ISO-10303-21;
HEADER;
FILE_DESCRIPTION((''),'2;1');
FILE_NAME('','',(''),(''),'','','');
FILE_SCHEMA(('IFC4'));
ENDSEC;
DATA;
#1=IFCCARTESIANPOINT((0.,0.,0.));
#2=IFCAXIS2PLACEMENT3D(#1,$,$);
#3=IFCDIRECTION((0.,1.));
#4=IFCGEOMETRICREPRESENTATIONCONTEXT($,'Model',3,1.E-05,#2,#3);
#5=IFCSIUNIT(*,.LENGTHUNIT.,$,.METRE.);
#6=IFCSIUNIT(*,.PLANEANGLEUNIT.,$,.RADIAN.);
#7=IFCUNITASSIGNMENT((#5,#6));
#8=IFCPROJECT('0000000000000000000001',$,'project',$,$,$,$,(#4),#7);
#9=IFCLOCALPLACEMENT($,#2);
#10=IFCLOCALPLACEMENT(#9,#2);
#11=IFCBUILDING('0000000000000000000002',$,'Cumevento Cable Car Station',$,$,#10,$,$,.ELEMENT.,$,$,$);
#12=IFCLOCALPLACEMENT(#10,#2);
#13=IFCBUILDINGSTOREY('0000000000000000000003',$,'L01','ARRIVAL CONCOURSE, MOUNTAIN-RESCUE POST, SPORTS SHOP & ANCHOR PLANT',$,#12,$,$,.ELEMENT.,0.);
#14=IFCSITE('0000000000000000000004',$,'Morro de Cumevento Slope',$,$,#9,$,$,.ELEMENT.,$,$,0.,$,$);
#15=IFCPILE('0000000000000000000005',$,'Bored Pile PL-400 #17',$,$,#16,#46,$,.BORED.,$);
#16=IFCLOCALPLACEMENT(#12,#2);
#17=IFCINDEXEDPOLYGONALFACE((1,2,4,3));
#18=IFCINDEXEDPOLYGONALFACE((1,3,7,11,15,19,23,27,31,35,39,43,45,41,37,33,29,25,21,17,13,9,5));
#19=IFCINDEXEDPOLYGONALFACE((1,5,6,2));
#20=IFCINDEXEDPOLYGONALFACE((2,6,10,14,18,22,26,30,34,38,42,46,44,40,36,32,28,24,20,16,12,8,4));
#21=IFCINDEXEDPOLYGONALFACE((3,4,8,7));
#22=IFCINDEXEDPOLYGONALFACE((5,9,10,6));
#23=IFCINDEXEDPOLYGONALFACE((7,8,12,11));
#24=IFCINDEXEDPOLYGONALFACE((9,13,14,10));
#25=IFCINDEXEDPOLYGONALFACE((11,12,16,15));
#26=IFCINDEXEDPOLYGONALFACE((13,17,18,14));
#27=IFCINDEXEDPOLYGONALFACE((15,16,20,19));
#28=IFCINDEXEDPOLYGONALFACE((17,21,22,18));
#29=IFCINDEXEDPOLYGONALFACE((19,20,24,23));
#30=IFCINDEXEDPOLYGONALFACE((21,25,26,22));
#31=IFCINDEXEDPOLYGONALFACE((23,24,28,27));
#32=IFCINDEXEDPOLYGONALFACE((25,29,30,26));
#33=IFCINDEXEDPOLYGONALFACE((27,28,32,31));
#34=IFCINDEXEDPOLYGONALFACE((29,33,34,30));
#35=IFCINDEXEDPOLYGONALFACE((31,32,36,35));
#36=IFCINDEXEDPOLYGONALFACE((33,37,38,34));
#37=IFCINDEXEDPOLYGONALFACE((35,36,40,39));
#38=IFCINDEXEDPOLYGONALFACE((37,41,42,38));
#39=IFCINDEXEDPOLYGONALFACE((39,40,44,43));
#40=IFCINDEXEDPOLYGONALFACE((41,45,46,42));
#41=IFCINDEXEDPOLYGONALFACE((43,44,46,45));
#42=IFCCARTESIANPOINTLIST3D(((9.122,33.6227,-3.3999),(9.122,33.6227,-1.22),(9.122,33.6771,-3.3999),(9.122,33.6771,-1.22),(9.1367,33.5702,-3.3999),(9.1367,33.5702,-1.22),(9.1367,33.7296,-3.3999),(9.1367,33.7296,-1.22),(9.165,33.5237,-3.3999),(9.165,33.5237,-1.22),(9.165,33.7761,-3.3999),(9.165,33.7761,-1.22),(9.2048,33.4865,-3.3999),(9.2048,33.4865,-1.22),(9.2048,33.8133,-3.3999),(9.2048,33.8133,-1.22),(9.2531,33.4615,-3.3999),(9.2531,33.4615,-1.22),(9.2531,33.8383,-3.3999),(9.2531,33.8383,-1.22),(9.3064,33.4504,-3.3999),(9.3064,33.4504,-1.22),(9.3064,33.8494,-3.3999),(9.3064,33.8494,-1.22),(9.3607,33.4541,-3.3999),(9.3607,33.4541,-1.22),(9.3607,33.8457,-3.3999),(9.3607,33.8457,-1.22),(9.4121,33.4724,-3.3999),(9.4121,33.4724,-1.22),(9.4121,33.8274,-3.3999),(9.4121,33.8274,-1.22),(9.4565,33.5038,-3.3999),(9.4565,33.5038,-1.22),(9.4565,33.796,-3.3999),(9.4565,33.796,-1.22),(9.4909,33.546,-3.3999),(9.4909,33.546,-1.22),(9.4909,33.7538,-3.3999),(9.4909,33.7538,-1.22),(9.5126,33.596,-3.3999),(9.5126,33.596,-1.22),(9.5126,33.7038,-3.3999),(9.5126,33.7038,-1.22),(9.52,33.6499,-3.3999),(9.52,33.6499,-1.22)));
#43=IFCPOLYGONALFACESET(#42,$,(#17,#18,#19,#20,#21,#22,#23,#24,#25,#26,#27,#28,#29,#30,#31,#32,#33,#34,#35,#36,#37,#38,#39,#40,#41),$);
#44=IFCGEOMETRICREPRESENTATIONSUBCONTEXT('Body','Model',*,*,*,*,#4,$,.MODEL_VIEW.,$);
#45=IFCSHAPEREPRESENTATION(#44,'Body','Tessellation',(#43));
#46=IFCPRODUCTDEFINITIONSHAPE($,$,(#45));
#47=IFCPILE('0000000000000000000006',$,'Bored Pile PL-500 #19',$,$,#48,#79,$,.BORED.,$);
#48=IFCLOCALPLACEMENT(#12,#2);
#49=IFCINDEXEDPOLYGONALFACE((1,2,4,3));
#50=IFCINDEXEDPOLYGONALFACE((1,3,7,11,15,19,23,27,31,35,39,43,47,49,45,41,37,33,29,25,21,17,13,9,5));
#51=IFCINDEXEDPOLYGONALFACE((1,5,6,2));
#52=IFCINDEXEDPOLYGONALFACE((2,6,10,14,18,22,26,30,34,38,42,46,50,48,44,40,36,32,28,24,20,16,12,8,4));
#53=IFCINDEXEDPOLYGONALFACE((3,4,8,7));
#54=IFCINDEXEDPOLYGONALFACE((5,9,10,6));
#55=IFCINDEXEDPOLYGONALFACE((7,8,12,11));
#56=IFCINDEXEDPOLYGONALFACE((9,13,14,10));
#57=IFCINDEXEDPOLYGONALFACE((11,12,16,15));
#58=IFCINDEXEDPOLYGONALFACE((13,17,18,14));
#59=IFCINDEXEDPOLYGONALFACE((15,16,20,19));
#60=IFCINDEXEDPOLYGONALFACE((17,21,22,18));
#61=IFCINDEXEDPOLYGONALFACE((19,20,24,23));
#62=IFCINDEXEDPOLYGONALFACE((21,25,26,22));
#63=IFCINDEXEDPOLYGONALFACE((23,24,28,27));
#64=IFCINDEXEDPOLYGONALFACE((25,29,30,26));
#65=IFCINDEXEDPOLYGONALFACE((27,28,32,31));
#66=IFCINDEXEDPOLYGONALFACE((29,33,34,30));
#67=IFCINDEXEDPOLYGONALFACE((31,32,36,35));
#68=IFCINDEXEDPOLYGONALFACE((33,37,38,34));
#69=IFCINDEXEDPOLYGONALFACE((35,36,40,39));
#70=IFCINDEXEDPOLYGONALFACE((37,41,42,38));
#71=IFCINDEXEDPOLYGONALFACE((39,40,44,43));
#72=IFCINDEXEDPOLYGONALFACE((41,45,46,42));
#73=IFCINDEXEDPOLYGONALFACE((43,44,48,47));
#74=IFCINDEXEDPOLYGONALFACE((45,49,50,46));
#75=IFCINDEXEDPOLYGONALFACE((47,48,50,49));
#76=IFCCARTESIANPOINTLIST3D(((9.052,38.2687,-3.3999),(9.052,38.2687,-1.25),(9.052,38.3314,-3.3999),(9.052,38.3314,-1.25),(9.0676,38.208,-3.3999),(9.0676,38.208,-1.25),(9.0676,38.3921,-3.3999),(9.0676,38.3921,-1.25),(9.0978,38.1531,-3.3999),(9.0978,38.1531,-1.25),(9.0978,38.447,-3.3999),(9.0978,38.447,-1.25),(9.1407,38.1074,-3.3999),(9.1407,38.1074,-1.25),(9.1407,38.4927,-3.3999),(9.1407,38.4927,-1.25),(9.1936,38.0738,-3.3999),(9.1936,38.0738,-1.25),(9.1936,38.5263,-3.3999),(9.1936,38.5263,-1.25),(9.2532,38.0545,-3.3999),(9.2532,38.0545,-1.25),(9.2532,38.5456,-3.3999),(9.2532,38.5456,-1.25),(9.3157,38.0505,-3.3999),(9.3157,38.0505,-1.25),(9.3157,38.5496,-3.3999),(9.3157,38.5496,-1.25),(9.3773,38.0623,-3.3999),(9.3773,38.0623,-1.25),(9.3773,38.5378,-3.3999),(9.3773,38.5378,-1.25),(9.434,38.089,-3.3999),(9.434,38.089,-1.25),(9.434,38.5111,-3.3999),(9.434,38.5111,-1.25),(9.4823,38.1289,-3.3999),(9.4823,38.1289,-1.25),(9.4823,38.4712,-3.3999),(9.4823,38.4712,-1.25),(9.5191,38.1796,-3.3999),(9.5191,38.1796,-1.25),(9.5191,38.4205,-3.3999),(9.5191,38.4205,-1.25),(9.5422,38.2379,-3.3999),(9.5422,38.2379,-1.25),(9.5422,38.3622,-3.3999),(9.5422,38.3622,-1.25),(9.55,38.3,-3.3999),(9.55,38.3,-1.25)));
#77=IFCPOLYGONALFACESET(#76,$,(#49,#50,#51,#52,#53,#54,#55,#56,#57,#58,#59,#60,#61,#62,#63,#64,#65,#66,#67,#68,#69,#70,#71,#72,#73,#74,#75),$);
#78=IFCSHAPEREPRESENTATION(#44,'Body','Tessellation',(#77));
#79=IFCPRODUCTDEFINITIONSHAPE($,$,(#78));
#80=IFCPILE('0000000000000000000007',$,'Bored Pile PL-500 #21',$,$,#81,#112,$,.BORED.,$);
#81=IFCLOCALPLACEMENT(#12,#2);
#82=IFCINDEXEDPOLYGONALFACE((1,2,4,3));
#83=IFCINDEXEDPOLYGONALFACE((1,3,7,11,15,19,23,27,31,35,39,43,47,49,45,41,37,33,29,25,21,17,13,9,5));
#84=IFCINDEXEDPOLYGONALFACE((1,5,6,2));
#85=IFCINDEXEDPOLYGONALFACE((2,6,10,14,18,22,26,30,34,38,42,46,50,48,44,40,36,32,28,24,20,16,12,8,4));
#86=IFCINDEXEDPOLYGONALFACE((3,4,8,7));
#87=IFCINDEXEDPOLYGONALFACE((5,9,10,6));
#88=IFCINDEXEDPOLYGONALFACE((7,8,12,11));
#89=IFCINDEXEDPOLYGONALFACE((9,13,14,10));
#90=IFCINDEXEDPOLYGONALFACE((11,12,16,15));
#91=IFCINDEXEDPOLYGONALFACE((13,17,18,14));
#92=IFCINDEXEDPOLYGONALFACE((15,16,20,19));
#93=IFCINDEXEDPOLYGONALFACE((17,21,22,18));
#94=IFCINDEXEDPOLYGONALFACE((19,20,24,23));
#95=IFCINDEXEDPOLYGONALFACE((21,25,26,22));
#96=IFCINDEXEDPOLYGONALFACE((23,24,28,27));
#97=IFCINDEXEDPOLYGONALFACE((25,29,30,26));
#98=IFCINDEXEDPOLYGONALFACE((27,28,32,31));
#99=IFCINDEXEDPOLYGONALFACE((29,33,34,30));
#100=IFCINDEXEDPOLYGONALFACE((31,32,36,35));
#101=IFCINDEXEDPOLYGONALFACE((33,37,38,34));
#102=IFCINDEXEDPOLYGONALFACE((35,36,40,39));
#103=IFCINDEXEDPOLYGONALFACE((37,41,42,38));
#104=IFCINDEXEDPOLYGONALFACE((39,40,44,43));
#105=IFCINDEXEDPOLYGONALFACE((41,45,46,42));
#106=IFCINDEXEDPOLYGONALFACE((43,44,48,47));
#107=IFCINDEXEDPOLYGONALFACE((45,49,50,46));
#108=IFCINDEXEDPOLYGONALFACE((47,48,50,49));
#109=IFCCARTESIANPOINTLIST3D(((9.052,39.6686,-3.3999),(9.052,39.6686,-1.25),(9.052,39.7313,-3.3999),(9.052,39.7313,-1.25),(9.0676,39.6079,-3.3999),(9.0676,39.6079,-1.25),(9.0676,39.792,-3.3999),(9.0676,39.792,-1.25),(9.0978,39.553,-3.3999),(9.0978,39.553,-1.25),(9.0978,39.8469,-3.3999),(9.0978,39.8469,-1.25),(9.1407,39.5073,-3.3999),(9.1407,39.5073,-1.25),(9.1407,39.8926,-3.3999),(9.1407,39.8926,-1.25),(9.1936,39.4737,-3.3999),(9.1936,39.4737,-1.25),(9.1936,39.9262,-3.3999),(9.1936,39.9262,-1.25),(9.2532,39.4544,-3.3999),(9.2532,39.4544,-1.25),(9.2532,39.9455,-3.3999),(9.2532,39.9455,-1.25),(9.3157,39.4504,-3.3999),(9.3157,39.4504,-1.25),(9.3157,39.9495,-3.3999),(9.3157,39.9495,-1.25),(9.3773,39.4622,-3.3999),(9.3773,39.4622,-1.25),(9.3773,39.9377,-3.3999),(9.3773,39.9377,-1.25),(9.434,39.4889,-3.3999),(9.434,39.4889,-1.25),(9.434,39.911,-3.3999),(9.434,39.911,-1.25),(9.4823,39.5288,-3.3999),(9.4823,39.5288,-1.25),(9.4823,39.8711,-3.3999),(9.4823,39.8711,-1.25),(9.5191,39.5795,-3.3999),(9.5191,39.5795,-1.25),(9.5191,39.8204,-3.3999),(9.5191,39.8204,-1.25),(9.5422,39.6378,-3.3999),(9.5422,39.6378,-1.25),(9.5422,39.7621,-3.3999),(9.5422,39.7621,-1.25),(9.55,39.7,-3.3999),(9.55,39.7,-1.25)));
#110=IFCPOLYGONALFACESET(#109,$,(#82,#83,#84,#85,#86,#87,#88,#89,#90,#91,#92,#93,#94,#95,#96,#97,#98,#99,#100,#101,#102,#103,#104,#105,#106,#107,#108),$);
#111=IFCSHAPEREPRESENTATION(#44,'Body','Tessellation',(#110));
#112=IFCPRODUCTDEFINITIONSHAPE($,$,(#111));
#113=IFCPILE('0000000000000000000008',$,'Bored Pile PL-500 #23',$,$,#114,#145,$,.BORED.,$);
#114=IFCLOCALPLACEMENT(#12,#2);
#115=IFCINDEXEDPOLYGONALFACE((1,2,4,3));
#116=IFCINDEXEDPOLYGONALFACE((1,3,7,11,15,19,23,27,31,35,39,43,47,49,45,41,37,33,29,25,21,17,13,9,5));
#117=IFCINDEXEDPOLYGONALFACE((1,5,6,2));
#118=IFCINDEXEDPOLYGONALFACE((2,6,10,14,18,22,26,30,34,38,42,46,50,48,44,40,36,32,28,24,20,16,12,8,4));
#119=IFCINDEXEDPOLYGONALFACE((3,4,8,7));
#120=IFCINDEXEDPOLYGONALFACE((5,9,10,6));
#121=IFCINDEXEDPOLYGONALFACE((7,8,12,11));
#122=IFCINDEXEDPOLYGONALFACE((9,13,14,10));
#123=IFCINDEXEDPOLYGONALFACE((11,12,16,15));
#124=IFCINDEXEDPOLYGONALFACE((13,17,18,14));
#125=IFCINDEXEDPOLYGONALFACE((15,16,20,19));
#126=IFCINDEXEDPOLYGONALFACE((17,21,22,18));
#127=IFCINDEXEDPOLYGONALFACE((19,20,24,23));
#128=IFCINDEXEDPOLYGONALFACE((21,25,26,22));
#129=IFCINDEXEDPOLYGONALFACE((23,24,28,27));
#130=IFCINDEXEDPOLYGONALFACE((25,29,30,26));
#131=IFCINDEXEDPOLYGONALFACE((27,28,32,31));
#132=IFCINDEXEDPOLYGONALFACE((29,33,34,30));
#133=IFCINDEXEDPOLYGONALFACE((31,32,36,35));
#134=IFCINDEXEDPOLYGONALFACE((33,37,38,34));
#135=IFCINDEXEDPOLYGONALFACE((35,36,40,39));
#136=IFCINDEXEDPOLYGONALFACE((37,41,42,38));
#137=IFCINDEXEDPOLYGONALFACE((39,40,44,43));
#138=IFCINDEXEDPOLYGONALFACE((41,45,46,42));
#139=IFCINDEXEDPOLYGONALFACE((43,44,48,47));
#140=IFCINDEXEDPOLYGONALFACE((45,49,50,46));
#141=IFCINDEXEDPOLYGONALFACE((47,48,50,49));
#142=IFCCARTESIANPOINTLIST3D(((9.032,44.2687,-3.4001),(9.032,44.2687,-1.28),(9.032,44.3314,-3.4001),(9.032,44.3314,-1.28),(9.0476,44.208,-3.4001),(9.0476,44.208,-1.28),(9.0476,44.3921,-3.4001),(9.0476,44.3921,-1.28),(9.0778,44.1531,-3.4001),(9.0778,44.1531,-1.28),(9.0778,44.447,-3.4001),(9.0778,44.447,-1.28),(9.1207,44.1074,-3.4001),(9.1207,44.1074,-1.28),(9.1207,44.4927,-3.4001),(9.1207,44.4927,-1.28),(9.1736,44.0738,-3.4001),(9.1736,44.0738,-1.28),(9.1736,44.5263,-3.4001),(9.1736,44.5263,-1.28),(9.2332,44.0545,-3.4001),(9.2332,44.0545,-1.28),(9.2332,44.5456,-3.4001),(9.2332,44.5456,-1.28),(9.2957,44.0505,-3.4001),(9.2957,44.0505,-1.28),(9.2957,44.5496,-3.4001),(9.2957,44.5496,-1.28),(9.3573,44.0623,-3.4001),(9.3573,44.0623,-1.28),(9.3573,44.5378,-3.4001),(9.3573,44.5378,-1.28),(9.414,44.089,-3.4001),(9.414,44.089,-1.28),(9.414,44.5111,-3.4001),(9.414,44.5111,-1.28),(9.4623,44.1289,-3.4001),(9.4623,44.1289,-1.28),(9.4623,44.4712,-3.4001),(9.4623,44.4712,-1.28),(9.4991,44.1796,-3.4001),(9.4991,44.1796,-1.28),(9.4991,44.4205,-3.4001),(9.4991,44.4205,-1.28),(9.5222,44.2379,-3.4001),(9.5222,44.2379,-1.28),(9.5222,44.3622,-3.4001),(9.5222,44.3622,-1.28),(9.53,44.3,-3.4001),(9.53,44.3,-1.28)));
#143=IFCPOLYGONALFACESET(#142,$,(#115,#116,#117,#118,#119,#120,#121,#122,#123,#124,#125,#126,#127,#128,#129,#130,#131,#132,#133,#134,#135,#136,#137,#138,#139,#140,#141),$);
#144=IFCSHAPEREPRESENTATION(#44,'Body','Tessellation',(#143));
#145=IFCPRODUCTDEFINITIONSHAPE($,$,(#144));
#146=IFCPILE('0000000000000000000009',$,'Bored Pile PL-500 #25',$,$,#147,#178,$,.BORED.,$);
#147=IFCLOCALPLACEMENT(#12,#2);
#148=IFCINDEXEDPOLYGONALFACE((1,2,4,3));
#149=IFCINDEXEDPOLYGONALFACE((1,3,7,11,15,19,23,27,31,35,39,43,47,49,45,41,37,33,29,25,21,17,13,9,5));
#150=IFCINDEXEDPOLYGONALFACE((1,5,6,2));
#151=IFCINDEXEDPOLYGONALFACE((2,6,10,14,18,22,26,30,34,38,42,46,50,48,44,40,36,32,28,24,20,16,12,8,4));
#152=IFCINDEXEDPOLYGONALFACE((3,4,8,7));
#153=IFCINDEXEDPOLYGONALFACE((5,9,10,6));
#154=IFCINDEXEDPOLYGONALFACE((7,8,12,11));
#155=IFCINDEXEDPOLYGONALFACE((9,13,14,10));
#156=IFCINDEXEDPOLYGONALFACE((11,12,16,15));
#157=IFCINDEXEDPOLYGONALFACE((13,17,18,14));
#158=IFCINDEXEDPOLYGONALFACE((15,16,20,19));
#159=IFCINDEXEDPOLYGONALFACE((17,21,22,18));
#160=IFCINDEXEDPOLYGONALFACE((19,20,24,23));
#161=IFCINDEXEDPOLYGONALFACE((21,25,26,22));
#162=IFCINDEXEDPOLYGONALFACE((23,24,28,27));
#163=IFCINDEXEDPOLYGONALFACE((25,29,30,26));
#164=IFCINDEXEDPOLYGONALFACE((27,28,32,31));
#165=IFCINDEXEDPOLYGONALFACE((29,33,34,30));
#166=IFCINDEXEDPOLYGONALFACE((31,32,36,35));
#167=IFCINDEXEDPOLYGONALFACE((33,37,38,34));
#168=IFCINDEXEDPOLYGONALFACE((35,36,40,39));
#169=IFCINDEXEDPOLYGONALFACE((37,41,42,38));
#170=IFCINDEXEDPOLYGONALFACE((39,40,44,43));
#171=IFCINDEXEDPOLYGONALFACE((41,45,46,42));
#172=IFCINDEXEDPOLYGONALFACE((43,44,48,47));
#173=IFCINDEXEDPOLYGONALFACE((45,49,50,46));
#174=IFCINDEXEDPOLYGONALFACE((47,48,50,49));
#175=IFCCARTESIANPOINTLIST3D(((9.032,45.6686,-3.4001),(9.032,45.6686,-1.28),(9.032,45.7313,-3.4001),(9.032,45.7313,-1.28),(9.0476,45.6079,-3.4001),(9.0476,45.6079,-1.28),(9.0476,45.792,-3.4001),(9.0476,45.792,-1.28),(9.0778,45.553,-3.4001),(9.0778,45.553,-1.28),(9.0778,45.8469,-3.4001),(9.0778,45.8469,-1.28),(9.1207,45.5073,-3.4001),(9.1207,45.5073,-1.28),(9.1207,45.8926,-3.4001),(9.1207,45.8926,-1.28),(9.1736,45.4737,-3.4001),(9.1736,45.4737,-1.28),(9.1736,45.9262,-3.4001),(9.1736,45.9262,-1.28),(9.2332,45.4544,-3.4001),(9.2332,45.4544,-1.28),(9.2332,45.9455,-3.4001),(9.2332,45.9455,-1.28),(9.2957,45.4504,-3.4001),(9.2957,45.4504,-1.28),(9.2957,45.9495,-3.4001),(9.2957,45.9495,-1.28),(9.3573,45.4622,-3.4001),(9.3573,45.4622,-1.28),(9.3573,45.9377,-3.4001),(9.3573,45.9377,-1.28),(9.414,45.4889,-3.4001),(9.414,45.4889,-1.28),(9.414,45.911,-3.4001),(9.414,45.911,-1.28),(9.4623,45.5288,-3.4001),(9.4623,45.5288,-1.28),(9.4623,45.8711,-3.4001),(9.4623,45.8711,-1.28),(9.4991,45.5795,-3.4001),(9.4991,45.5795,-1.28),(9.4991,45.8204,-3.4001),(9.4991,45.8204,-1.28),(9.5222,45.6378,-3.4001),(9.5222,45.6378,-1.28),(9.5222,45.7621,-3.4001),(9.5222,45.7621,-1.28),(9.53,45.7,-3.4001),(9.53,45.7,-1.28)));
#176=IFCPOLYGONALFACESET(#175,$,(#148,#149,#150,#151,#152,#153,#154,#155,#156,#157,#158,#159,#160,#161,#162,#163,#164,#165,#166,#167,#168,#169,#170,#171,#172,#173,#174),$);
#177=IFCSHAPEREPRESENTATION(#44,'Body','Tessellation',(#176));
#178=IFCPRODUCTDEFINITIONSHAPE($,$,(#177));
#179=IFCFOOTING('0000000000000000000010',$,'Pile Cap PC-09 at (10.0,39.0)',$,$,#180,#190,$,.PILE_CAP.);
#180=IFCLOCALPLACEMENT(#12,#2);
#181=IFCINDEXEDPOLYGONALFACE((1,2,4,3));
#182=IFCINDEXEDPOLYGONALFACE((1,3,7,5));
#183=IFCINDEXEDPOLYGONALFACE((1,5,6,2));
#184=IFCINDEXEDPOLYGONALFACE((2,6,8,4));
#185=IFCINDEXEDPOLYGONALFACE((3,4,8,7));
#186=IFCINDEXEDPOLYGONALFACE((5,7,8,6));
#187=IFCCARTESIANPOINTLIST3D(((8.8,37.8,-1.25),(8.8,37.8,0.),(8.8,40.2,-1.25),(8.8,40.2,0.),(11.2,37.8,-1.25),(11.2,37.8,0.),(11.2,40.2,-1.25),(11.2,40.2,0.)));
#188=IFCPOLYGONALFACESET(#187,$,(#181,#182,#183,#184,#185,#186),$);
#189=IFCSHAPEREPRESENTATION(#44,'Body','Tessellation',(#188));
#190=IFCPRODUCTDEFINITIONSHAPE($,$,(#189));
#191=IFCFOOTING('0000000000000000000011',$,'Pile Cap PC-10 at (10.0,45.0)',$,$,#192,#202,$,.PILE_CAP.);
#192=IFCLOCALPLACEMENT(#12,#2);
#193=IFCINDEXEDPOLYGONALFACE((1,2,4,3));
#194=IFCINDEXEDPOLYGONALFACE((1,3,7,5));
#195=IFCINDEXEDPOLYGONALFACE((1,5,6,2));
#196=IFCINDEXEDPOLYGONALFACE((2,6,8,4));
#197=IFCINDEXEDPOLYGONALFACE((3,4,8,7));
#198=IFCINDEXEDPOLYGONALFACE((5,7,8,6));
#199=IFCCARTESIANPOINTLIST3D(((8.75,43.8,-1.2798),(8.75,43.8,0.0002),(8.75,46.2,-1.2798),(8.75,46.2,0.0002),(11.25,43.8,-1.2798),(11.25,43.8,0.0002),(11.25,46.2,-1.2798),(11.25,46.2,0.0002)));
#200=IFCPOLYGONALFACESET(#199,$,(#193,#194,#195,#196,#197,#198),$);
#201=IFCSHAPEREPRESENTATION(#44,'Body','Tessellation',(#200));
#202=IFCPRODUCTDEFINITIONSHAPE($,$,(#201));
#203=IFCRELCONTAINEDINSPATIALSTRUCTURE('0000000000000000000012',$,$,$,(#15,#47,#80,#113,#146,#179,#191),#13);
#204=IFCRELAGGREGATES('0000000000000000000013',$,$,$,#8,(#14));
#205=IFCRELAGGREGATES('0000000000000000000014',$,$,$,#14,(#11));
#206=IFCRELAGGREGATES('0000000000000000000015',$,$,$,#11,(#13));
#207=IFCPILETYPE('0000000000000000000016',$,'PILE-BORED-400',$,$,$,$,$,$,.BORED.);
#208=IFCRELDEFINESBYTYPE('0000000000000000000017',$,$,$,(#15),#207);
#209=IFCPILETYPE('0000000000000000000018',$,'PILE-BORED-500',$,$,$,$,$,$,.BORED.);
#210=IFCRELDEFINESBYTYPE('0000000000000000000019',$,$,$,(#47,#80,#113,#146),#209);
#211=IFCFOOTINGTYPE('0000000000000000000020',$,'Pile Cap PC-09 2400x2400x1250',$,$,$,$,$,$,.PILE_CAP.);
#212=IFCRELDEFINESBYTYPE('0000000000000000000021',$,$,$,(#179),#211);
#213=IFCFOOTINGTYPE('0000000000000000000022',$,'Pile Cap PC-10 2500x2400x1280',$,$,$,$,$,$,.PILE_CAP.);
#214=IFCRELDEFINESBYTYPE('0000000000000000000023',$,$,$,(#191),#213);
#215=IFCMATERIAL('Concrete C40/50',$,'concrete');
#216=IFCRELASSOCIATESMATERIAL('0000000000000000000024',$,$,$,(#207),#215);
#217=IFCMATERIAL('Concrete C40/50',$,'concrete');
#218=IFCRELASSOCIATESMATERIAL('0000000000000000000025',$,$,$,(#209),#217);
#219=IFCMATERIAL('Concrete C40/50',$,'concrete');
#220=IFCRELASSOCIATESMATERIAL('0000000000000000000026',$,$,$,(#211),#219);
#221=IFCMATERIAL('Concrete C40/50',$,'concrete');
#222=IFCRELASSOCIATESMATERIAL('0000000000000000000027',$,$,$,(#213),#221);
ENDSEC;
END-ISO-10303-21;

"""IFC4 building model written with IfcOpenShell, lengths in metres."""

from ifc_helpers import new_model, si_unit, direction, frame, origin, origin_2d, place, context, subcontext, project, spatial, rectangle, circle, extrude, material, material_profile, profile_set, type_object, element, save


model = new_model("IFC4")

# Units and contexts
model_context = context("Model", 3, precision=1e-05, world=origin(), true_north=direction((0.0, 1.0)))
body_context = subcontext(model_context, "Body", "Model", "MODEL_VIEW")
ifc_project = project(units=[si_unit("LENGTHUNIT", "METRE"), si_unit("PLANEANGLEUNIT", "RADIAN")], contexts=[model_context])

# Site, building, storey
site_placement = place(None, origin())
site = spatial("IfcSite", under=ifc_project, at=site_placement, Name="Morro de Cumevento Slope", CompositionType="ELEMENT", RefElevation=0.0)
building_placement = place(site_placement, origin())
building = spatial("IfcBuilding", under=site, at=building_placement, Name="Cumevento Cable Car Station", CompositionType="ELEMENT")
storey_placement = place(building_placement, origin())
storey = spatial("IfcBuildingStorey", under=building, at=storey_placement, Name="L01", Description="ARRIVAL CONCOURSE, MOUNTAIN-RESCUE POST, SPORTS SHOP & ANCHOR PLANT", CompositionType="ELEMENT", Elevation=0.0)

# Piles
ifc_material_1 = material(Name="Concrete C40/50", Category="concrete")
ifc_material_profile_1 = material_profile(ifc_material_1, circle(Radius=0.2, at=origin_2d()), Name="PILE-D400")
ifc_profile_set_1 = profile_set([ifc_material_profile_1], Name="Concrete C40/50")
pile_type_1 = type_object("IfcPileType", Name="PILE-BORED-400", PredefinedType="BORED", material=ifc_profile_set_1)
pile_placement = place(storey_placement, frame((9.3201, 33.6499, -1.22), z_axis=(0.0, 0.0, -1.0), x_axis=(1.0, 0.0, 0.0)))
element("IfcPile", 1, at=pile_placement, inside=storey, type_object=pile_type_1, Name="Bored Pile PL-400 #17", PredefinedType="BORED", context=body_context, shape_type="SweptSolid", body=[
    extrude(circle(Radius=0.2, at=origin_2d()), origin(), (0.0, 0.0, 1.0), 2.1799),
])
ifc_material_2 = material(Name="Concrete C40/50", Category="concrete")
ifc_material_profile_2 = material_profile(ifc_material_2, circle(Radius=0.25, at=origin_2d()), Name="PILE-D500")
ifc_profile_set_2 = profile_set([ifc_material_profile_2], Name="Concrete C40/50")
pile_type_2 = type_object("IfcPileType", Name="PILE-BORED-500", PredefinedType="BORED", material=ifc_profile_set_2)
for number, where, z_axis, x_axis, name in (
    (2, (9.3, 38.3, -1.25), (0.0, 0.0, -1.0), (1.0, 0.0, 0.0), "Bored Pile PL-500 #19"),
    (3, (9.3, 39.7, -1.25), (0.0, 0.0, -1.0), (1.0, 0.0, 0.0), "Bored Pile PL-500 #21"),
):
    element("IfcPile", number, at=place(storey_placement, frame(where, z_axis=z_axis, x_axis=x_axis)), inside=storey, type_object=pile_type_2, Name=name, PredefinedType="BORED", context=body_context, shape_type="SweptSolid", body=[
        extrude(circle(Radius=0.25, at=origin_2d()), origin(), (0.0, 0.0, 1.0), 2.1499),
    ])
for number, where, z_axis, x_axis, name in (
    (4, (9.28, 44.3, -1.28), (0.0, 0.0, -1.0), (1.0, 0.0, 0.0), "Bored Pile PL-500 #23"),
    (5, (9.28, 45.7, -1.28), (0.0, 0.0, -1.0), (1.0, 0.0, 0.0), "Bored Pile PL-500 #25"),
):
    element("IfcPile", number, at=place(storey_placement, frame(where, z_axis=z_axis, x_axis=x_axis)), inside=storey, type_object=pile_type_2, Name=name, PredefinedType="BORED", context=body_context, shape_type="SweptSolid", body=[
        extrude(circle(Radius=0.25, at=origin_2d()), origin(), (0.0, 0.0, 1.0), 2.1201),
    ])

# Footings
ifc_material_3 = material(Name="Concrete C40/50", Category="concrete")
footing_type_1 = type_object("IfcFootingType", Name="Pile Cap PC-09 2400x2400x1250", PredefinedType="PILE_CAP", material=ifc_material_3)
footing_1_placement = place(storey_placement, frame((10.0, 39.0, -1.25), z_axis=(0.0, 0.0, 1.0), x_axis=(1.0, 0.0, 0.0)))
element("IfcFooting", 6, at=footing_1_placement, inside=storey, type_object=footing_type_1, Name="Pile Cap PC-09 at (10.0,39.0)", PredefinedType="PILE_CAP", context=body_context, shape_type="SweptSolid", body=[
    extrude(rectangle(XDim=2.3999, YDim=2.3999, at=origin_2d()), origin(), (0.0, 0.0, 1.0), 1.25),
])
ifc_material_4 = material(Name="Concrete C40/50", Category="concrete")
footing_type_2 = type_object("IfcFootingType", Name="Pile Cap PC-10 2500x2400x1280", PredefinedType="PILE_CAP", material=ifc_material_4)
footing_2_placement = place(storey_placement, frame((10.0, 45.0, -1.2798), z_axis=(0.0, 0.0, 1.0), x_axis=(1.0, 0.0, 0.0)))
element("IfcFooting", 7, at=footing_2_placement, inside=storey, type_object=footing_type_2, Name="Pile Cap PC-10 at (10.0,45.0)", PredefinedType="PILE_CAP", context=body_context, shape_type="SweptSolid", body=[
    extrude(rectangle(XDim=2.5, YDim=2.3999, at=origin_2d()), origin(), (0.0, 0.0, 1.0), 1.28),
])

save(model, "model.ifc")
